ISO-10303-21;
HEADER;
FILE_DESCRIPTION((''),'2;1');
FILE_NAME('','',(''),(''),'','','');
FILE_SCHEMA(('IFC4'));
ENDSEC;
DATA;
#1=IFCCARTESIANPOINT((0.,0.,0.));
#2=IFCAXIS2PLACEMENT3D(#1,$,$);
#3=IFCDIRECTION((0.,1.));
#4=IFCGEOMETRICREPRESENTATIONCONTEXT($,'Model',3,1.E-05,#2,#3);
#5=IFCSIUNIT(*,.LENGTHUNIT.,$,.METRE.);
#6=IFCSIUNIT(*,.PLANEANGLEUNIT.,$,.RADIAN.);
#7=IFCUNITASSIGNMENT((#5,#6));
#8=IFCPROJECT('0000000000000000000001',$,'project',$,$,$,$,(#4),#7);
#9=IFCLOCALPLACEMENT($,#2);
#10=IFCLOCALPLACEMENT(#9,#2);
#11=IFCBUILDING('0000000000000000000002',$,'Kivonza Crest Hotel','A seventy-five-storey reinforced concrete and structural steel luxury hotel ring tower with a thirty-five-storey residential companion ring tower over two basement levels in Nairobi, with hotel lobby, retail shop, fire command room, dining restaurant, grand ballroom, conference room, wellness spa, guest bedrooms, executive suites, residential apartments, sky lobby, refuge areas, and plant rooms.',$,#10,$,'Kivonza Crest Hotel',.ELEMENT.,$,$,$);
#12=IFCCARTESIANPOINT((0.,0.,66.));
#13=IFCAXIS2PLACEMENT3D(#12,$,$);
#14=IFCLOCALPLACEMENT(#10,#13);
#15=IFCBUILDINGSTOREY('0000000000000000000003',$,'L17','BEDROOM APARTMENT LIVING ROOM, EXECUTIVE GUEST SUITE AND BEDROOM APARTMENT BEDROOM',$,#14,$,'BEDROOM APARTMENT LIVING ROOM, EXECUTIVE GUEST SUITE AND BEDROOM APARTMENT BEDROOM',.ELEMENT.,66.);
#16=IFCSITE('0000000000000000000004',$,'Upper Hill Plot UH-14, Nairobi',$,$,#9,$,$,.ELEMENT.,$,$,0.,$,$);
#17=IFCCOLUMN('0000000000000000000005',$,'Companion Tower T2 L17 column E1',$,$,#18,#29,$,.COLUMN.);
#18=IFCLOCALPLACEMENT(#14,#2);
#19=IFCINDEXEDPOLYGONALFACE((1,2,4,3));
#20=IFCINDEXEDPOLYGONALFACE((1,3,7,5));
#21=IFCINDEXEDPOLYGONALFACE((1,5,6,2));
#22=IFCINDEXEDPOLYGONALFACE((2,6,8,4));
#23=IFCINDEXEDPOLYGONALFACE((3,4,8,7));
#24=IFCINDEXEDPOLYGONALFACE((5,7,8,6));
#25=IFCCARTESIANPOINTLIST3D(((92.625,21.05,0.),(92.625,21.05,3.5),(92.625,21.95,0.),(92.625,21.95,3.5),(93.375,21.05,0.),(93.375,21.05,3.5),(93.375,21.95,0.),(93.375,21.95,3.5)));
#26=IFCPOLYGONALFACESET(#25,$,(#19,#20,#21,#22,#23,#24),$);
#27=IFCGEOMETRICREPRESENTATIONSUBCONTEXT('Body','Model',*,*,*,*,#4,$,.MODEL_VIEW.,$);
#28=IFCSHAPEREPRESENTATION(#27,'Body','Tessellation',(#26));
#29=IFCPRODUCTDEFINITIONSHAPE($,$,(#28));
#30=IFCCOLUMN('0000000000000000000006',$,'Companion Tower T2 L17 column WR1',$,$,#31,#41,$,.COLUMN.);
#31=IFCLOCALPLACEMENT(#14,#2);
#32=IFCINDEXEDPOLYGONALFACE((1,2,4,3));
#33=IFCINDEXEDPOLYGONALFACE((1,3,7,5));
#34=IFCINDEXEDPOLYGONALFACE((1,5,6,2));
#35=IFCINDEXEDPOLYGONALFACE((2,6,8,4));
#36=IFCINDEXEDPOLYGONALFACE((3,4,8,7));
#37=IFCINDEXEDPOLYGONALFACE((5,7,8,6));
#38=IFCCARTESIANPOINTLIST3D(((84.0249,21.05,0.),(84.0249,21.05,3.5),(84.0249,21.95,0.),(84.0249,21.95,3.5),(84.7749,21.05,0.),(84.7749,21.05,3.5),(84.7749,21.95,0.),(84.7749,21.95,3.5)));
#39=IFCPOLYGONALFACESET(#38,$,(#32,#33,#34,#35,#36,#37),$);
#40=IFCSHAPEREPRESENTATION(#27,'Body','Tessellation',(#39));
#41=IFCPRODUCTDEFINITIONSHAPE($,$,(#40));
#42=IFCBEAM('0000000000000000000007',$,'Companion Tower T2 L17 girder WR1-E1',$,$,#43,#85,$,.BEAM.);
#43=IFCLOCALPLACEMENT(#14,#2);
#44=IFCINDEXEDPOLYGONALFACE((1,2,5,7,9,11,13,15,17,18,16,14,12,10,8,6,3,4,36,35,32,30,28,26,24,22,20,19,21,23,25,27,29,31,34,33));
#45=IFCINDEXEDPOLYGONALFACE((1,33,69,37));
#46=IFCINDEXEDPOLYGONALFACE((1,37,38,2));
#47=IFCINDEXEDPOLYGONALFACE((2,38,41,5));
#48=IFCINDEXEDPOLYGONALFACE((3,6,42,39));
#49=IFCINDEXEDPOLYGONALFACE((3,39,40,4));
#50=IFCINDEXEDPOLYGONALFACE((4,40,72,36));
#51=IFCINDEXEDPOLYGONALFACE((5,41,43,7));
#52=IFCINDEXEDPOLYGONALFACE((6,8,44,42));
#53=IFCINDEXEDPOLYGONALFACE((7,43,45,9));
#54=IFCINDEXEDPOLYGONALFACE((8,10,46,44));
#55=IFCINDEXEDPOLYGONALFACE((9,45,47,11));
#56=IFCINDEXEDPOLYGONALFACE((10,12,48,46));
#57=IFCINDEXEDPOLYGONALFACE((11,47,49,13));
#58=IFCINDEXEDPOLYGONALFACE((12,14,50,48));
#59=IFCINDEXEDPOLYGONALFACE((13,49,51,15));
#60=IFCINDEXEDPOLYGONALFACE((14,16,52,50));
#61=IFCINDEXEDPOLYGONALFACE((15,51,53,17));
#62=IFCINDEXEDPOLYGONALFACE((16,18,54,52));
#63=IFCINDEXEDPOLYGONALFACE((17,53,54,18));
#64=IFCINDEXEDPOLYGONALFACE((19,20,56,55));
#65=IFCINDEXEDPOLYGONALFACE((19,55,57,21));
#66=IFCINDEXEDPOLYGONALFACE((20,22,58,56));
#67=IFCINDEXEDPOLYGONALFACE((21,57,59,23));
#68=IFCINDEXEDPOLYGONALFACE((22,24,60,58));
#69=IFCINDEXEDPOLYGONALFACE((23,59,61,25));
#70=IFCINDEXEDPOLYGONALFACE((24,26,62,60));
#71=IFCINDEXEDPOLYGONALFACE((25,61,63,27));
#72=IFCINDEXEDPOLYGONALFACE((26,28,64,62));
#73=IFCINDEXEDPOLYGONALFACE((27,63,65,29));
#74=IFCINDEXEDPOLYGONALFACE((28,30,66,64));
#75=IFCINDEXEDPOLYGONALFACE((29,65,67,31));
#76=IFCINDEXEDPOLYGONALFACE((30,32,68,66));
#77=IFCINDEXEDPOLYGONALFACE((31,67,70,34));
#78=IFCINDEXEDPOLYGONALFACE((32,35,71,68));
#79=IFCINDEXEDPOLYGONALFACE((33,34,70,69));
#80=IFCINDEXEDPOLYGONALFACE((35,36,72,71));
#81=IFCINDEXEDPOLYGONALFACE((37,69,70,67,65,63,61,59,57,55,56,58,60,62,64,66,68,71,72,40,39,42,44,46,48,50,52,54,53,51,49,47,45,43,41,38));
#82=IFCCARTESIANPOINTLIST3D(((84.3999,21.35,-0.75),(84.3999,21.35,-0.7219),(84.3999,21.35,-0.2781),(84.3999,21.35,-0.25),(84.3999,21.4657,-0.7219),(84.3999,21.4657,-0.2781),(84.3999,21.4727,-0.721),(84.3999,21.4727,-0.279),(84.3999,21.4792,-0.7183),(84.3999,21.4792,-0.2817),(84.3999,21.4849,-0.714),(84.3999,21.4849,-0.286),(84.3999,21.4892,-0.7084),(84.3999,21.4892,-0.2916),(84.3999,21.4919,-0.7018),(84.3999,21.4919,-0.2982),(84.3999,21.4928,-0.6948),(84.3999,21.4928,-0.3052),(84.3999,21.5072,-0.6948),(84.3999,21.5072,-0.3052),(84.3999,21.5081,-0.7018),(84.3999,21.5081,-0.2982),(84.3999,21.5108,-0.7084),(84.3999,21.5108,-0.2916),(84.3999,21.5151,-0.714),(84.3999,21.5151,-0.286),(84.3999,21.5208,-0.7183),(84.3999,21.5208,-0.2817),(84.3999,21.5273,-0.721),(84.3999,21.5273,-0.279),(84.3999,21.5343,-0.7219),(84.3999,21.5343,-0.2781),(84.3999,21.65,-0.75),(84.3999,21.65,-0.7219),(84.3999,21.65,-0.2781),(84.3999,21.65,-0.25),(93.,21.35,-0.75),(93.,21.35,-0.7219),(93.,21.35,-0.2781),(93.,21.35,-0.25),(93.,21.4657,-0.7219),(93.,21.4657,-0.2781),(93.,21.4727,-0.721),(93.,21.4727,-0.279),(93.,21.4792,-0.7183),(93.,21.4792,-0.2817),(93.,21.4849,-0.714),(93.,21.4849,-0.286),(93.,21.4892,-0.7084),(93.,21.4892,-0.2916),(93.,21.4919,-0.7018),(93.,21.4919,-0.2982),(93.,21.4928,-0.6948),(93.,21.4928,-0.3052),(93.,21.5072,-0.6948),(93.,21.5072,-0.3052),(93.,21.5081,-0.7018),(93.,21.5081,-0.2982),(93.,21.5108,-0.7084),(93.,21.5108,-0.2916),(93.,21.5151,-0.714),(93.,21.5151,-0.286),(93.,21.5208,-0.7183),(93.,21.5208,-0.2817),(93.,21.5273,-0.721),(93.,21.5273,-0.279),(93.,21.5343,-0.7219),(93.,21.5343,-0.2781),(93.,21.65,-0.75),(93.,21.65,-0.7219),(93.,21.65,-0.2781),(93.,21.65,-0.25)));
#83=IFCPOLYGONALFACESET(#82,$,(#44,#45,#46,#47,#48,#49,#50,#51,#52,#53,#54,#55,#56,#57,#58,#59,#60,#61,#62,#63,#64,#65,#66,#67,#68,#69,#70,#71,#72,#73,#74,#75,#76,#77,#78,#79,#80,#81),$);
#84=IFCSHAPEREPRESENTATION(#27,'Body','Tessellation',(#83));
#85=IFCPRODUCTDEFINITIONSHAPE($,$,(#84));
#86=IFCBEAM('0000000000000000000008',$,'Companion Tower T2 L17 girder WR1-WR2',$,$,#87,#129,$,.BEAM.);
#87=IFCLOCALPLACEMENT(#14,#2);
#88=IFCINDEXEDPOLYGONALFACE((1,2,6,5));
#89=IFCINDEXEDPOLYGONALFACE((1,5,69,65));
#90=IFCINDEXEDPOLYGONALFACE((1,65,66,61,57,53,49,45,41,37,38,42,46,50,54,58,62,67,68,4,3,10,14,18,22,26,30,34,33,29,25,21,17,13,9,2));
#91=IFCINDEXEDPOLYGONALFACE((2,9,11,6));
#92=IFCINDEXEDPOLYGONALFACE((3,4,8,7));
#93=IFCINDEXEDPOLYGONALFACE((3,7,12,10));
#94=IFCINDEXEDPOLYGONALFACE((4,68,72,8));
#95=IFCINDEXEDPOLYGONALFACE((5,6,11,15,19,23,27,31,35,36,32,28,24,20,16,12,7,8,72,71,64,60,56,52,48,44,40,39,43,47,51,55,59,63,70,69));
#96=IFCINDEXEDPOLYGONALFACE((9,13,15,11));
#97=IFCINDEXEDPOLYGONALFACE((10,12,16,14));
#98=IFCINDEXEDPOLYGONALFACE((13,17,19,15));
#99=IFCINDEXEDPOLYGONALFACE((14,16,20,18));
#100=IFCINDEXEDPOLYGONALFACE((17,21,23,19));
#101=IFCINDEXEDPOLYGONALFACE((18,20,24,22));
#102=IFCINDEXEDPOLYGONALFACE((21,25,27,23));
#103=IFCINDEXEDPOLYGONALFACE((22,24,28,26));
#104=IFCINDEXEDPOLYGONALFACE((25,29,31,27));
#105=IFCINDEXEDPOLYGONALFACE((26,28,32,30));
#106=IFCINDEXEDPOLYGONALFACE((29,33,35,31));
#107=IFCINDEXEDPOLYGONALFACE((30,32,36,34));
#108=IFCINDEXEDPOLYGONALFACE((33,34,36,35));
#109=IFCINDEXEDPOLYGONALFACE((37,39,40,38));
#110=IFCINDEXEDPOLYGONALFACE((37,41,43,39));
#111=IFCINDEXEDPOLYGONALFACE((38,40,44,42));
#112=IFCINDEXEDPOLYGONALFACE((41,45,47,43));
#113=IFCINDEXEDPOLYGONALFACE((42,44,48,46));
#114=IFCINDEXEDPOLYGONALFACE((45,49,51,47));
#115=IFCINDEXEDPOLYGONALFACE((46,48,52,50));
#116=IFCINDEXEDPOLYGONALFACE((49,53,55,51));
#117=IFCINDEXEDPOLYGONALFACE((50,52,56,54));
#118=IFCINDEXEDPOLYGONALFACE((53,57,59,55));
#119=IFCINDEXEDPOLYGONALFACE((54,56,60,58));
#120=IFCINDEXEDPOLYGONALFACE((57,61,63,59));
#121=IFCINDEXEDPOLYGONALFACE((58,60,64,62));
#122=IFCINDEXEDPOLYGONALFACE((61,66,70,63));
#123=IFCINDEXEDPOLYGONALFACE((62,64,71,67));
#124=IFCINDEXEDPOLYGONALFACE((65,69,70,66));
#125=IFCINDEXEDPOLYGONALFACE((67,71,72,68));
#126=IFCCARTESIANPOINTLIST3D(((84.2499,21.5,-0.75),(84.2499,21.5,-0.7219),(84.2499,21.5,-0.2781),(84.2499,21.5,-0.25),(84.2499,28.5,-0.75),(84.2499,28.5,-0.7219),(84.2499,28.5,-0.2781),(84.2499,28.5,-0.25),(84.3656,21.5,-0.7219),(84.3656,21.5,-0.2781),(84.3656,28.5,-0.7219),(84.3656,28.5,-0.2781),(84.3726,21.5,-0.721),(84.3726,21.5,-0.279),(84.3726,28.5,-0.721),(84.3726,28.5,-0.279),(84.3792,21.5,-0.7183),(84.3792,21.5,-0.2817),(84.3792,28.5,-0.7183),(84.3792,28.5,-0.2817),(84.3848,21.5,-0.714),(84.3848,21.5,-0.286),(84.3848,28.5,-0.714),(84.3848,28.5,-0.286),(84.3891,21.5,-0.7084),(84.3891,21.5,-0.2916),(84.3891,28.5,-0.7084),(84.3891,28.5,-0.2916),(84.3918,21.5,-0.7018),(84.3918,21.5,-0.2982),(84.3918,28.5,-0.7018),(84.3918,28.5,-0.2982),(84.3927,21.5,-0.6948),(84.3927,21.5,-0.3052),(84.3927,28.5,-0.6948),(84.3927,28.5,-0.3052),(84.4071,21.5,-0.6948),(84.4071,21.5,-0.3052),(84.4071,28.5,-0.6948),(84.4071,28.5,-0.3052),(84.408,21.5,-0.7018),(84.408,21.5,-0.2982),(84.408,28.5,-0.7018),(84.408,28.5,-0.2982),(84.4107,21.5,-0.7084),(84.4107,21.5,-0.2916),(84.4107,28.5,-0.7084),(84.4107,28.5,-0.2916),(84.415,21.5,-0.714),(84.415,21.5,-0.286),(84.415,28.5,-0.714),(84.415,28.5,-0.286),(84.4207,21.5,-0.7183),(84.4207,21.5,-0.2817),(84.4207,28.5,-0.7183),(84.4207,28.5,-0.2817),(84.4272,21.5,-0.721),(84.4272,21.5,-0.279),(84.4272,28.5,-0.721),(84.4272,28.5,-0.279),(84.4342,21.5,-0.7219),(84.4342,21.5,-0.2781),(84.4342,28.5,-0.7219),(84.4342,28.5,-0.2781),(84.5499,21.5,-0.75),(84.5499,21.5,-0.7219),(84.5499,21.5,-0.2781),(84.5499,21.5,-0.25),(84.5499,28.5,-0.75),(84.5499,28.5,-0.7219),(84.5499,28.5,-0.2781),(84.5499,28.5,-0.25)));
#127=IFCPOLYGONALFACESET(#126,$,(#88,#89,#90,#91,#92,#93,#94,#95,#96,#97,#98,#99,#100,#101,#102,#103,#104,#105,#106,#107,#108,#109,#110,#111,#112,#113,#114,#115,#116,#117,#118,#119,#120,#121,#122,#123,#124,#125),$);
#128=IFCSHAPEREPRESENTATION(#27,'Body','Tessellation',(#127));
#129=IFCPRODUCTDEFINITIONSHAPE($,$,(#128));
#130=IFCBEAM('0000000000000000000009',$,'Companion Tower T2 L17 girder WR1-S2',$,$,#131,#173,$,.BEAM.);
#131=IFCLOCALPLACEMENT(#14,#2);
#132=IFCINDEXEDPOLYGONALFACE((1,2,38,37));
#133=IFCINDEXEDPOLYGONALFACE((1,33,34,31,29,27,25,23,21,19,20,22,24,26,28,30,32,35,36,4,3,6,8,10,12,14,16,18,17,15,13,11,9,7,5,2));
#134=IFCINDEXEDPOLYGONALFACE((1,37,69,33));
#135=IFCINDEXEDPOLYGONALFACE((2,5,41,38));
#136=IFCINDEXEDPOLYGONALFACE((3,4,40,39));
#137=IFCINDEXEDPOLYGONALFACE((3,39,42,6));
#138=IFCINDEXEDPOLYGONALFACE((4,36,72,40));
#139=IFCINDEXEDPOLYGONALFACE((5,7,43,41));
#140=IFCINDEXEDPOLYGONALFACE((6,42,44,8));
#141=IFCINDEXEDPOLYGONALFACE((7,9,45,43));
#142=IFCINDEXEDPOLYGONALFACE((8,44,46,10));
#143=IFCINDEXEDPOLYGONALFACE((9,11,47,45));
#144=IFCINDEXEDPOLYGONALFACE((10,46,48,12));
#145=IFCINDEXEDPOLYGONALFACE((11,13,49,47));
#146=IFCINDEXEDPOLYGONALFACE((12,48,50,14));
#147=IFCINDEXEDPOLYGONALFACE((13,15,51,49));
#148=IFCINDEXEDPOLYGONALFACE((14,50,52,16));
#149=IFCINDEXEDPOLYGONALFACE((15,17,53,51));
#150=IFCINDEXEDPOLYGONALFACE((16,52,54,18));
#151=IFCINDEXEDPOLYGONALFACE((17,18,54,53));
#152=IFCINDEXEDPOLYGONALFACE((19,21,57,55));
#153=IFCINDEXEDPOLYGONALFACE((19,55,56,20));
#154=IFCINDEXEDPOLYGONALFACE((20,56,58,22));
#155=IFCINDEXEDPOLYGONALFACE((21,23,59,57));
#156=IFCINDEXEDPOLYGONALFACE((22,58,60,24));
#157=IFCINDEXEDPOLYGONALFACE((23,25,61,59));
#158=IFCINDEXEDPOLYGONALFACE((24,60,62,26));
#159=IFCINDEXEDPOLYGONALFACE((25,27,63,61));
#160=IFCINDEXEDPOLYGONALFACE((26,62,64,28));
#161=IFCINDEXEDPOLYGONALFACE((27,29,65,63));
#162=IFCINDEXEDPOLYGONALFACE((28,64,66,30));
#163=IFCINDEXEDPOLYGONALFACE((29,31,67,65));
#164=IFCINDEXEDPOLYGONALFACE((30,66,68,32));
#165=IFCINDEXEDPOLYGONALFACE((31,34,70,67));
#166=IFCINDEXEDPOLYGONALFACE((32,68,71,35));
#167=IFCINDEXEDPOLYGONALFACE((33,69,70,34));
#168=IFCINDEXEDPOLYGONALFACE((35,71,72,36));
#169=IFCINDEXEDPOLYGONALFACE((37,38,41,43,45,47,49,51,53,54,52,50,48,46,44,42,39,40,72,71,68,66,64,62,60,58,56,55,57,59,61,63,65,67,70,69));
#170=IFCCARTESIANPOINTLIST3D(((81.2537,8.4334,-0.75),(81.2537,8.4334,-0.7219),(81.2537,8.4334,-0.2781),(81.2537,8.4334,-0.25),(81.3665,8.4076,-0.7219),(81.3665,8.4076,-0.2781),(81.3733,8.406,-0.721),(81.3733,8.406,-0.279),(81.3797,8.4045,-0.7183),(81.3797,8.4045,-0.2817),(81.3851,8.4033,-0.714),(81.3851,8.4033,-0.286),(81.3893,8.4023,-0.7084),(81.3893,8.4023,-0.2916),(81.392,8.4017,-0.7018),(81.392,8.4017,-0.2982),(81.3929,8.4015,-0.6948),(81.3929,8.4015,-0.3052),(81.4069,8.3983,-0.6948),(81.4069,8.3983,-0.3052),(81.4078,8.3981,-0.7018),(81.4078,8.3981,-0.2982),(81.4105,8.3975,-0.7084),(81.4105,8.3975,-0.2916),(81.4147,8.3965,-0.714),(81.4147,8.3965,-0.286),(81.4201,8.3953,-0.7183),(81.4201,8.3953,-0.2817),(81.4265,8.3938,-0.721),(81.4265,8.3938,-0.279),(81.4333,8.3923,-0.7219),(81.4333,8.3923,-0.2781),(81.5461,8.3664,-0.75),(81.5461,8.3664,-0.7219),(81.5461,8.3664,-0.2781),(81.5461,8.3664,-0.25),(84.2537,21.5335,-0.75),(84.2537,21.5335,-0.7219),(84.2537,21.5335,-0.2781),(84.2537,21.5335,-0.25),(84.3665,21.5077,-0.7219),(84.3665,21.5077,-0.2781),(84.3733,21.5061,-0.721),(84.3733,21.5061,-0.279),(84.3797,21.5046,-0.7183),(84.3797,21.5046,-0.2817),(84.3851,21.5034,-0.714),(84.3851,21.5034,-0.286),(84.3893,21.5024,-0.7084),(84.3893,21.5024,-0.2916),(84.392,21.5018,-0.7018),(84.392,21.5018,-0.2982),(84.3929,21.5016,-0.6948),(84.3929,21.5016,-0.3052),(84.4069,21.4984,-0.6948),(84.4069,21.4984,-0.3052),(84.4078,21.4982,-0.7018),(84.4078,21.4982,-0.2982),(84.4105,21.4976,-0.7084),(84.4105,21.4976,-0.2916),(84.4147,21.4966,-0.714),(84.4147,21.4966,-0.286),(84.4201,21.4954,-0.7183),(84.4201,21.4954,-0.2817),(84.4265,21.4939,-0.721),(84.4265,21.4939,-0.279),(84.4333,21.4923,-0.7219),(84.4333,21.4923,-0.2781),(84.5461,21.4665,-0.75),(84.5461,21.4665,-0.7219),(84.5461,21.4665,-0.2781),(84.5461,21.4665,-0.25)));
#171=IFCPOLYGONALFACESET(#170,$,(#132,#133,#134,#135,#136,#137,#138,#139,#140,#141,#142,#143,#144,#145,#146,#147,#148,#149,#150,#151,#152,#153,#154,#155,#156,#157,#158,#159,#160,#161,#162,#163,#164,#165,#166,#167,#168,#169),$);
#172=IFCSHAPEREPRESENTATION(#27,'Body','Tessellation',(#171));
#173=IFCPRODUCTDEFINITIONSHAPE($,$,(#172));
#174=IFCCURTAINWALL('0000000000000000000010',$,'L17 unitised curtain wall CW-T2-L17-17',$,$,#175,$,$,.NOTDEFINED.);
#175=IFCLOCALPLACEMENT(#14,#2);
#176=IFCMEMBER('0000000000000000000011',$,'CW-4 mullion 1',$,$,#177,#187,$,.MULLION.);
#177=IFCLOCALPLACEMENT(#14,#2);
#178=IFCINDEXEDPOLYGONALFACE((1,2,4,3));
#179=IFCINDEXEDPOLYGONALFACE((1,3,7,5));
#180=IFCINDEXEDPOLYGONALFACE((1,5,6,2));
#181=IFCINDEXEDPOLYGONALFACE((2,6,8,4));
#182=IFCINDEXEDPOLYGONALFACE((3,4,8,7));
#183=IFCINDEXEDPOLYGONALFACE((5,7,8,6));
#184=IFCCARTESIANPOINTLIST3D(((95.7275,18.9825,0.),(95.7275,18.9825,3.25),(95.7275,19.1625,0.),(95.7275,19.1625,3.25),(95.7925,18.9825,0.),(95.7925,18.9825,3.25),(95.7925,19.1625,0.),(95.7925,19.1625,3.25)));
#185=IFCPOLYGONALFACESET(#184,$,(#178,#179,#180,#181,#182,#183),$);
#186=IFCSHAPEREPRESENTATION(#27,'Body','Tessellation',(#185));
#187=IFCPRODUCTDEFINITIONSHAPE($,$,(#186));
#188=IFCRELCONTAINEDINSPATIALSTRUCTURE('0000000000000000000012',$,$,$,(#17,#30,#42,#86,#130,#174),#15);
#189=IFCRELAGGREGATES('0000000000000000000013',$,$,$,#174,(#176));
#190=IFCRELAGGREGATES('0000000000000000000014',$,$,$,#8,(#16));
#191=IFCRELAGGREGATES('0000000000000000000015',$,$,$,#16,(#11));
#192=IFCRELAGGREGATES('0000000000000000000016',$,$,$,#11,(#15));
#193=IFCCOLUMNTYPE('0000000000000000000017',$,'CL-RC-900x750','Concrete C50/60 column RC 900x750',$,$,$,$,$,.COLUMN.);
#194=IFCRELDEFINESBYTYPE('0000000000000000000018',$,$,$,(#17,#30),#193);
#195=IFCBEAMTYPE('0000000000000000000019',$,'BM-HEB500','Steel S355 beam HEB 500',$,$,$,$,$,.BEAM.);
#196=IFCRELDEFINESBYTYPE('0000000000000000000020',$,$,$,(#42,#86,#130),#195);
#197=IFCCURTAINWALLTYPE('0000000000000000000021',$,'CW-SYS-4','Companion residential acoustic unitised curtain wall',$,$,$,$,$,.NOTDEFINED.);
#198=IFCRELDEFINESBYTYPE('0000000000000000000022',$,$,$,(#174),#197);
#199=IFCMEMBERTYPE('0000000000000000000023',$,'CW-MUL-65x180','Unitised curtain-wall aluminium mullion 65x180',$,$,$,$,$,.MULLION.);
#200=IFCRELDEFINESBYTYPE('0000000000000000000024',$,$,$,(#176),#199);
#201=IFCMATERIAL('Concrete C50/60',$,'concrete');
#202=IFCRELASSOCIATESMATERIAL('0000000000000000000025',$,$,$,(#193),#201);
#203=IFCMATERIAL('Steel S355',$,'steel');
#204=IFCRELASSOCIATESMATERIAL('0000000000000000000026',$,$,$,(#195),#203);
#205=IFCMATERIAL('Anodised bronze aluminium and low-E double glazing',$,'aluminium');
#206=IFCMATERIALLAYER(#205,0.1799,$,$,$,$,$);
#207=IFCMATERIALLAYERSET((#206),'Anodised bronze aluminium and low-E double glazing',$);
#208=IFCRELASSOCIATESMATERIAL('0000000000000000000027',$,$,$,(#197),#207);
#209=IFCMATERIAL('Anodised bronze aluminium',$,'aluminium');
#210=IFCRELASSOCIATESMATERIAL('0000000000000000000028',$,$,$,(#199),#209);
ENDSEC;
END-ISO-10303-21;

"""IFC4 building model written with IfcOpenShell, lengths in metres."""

from ifc_helpers import new_model, si_unit, direction, frame, origin, origin_2d, place, context, subcontext, project, spatial, rectangle, i_section, extrude, material, layer, layer_set, material_profile, profile_set, type_object, element, aggregate, save


model = new_model("IFC4")

# Units and contexts
model_context = context("Model", 3, precision=1e-05, world=origin(), true_north=direction((0.0, 1.0)))
body_context = subcontext(model_context, "Body", "Model", "MODEL_VIEW")
ifc_project = project(units=[si_unit("LENGTHUNIT", "METRE"), si_unit("PLANEANGLEUNIT", "RADIAN")], contexts=[model_context])

# Site, building, storey
site_placement = place(None, origin())
site = spatial("IfcSite", under=ifc_project, at=site_placement, Name="Upper Hill Plot UH-14, Nairobi", CompositionType="ELEMENT", RefElevation=0.0)
building_placement = place(site_placement, origin())
building = spatial("IfcBuilding", under=site, at=building_placement, Name="Kivonza Crest Hotel", Description="A seventy-five-storey reinforced concrete and structural steel luxury hotel ring tower with a thirty-five-storey residential companion ring tower over two basement levels in Nairobi, with hotel lobby, retail shop, fire command room, dining restaurant, grand ballroom, conference room, wellness spa, guest bedrooms, executive suites, residential apartments, sky lobby, refuge areas, and plant rooms.", LongName="Kivonza Crest Hotel", CompositionType="ELEMENT")
storey_placement = place(building_placement, frame((0.0, 0.0, 66.0)))
storey = spatial("IfcBuildingStorey", under=building, at=storey_placement, Name="L17", Description="BEDROOM APARTMENT LIVING ROOM, EXECUTIVE GUEST SUITE AND BEDROOM APARTMENT BEDROOM", LongName="BEDROOM APARTMENT LIVING ROOM, EXECUTIVE GUEST SUITE AND BEDROOM APARTMENT BEDROOM", CompositionType="ELEMENT", Elevation=66.0)

# Columns
ifc_material_1 = material(Name="Concrete C50/60", Category="concrete")
ifc_material_profile_1 = material_profile(ifc_material_1, rectangle(XDim=0.75, YDim=0.8999, at=origin_2d()), Name="RC 900x750")
ifc_profile_set_1 = profile_set([ifc_material_profile_1], Name="Concrete C50/60")
column_type = type_object("IfcColumnType", Name="CL-RC-900x750", Description="Concrete C50/60 column RC 900x750", PredefinedType="COLUMN", material=ifc_profile_set_1)
for number, where, z_axis, x_axis, name in (
    (1, (93.0, 21.5, 0.0), (0.0, 0.0, 1.0), (1.0, 0.0, 0.0), "Companion Tower T2 L17 column E1"),
    (2, (84.3999, 21.5, 0.0), (0.0, 0.0, 1.0), (1.0, 0.0, 0.0), "Companion Tower T2 L17 column WR1"),
):
    element("IfcColumn", number, at=place(storey_placement, frame(where, z_axis=z_axis, x_axis=x_axis)), inside=storey, type_object=column_type, Name=name, PredefinedType="COLUMN", context=body_context, shape_type="SweptSolid", body=[
        extrude(rectangle(XDim=0.75, YDim=0.8999, at=origin_2d()), origin(), (0.0, 0.0, 1.0), 3.5),
    ])

# Beams
ifc_material_2 = material(Name="Steel S355", Category="steel")
ifc_material_profile_2 = material_profile(ifc_material_2, i_section(OverallWidth=0.3, OverallDepth=0.5, WebThickness=0.0144, FlangeThickness=0.0281, FilletRadius=0.0271, at=origin_2d()), Name="HEB 500")
ifc_profile_set_2 = profile_set([ifc_material_profile_2], Name="Steel S355")
beam_type = type_object("IfcBeamType", Name="BM-HEB500", Description="Steel S355 beam HEB 500", PredefinedType="BEAM", material=ifc_profile_set_2)
beam_1_placement = place(storey_placement, frame((84.3999, 21.5, -0.5), z_axis=(1.0, 0.0, 0.0), x_axis=(0.0, 1.0, 0.0)))
element("IfcBeam", 3, at=beam_1_placement, inside=storey, type_object=beam_type, Name="Companion Tower T2 L17 girder WR1-E1", PredefinedType="BEAM", context=body_context, shape_type="SweptSolid", body=[
    extrude(i_section(OverallWidth=0.3, OverallDepth=0.5, WebThickness=0.0144, FlangeThickness=0.0281, FilletRadius=0.0271, at=origin_2d()), origin(), (0.0, 0.0, 1.0), 8.6001),
])
beam_2_placement = place(storey_placement, frame((84.3999, 21.5, -0.5), z_axis=(0.0, 1.0, 0.0), x_axis=(-1.0, 0.0, 0.0)))
element("IfcBeam", 4, at=beam_2_placement, inside=storey, type_object=beam_type, Name="Companion Tower T2 L17 girder WR1-WR2", PredefinedType="BEAM", context=body_context, shape_type="SweptSolid", body=[
    extrude(i_section(OverallWidth=0.3, OverallDepth=0.5, WebThickness=0.0144, FlangeThickness=0.0281, FilletRadius=0.0271, at=origin_2d()), origin(), (0.0, 0.0, 1.0), 7.0),
])
beam_3_placement = place(storey_placement, frame((84.3999, 21.5, -0.5), z_axis=(-0.223227, -0.974766, 0.0), x_axis=(0.974766, -0.223227, 0.0)))
element("IfcBeam", 5, at=beam_3_placement, inside=storey, type_object=beam_type, Name="Companion Tower T2 L17 girder WR1-S2", PredefinedType="BEAM", context=body_context, shape_type="SweptSolid", body=[
    extrude(i_section(OverallWidth=0.3, OverallDepth=0.5, WebThickness=0.0144, FlangeThickness=0.0281, FilletRadius=0.0271, at=origin_2d()), origin(), (0.0, 0.0, 1.0), 13.4392),
])

# Curtain wall, member
ifc_material_3 = material(Name="Anodised bronze aluminium and low-E double glazing", Category="aluminium")
ifc_layer_1 = layer(ifc_material_3, 0.1799)
ifc_layer_set_1 = layer_set([ifc_layer_1], Name="Anodised bronze aluminium and low-E double glazing")
curtain_wall_type = type_object("IfcCurtainWallType", Name="CW-SYS-4", Description="Companion residential acoustic unitised curtain wall", PredefinedType="NOTDEFINED", material=ifc_layer_set_1)
curtain_wall_placement = place(storey_placement, origin())
curtain_wall = element("IfcCurtainWall", 6, at=curtain_wall_placement, inside=storey, type_object=curtain_wall_type, Name="L17 unitised curtain wall CW-T2-L17-17", PredefinedType="NOTDEFINED")
ifc_material_4 = material(Name="Anodised bronze aluminium", Category="aluminium")
ifc_material_profile_3 = material_profile(ifc_material_4, rectangle(XDim=0.0649, YDim=0.1799, at=origin_2d()), Name="CW-M 65x180")
ifc_profile_set_3 = profile_set([ifc_material_profile_3], Name="Anodised bronze aluminium")
member_type_1 = type_object("IfcMemberType", Name="CW-MUL-65x180", Description="Unitised curtain-wall aluminium mullion 65x180", PredefinedType="MULLION", material=ifc_profile_set_3)
member_1_placement = place(storey_placement, frame((95.76, 19.0725, 0.0), z_axis=(0.0, 0.0, 1.0), x_axis=(-1.0, 0.0, 0.0)))
member_1 = element("IfcMember", 7, at=member_1_placement, type_object=member_type_1, Name="CW-4 mullion 1", PredefinedType="MULLION", context=body_context, shape_type="SweptSolid", body=[
    extrude(rectangle(XDim=0.0649, YDim=0.1799, at=origin_2d()), origin(), (0.0, 0.0, 1.0), 3.25),
])
aggregate(curtain_wall, [member_1])

save(model, "model.ifc")
